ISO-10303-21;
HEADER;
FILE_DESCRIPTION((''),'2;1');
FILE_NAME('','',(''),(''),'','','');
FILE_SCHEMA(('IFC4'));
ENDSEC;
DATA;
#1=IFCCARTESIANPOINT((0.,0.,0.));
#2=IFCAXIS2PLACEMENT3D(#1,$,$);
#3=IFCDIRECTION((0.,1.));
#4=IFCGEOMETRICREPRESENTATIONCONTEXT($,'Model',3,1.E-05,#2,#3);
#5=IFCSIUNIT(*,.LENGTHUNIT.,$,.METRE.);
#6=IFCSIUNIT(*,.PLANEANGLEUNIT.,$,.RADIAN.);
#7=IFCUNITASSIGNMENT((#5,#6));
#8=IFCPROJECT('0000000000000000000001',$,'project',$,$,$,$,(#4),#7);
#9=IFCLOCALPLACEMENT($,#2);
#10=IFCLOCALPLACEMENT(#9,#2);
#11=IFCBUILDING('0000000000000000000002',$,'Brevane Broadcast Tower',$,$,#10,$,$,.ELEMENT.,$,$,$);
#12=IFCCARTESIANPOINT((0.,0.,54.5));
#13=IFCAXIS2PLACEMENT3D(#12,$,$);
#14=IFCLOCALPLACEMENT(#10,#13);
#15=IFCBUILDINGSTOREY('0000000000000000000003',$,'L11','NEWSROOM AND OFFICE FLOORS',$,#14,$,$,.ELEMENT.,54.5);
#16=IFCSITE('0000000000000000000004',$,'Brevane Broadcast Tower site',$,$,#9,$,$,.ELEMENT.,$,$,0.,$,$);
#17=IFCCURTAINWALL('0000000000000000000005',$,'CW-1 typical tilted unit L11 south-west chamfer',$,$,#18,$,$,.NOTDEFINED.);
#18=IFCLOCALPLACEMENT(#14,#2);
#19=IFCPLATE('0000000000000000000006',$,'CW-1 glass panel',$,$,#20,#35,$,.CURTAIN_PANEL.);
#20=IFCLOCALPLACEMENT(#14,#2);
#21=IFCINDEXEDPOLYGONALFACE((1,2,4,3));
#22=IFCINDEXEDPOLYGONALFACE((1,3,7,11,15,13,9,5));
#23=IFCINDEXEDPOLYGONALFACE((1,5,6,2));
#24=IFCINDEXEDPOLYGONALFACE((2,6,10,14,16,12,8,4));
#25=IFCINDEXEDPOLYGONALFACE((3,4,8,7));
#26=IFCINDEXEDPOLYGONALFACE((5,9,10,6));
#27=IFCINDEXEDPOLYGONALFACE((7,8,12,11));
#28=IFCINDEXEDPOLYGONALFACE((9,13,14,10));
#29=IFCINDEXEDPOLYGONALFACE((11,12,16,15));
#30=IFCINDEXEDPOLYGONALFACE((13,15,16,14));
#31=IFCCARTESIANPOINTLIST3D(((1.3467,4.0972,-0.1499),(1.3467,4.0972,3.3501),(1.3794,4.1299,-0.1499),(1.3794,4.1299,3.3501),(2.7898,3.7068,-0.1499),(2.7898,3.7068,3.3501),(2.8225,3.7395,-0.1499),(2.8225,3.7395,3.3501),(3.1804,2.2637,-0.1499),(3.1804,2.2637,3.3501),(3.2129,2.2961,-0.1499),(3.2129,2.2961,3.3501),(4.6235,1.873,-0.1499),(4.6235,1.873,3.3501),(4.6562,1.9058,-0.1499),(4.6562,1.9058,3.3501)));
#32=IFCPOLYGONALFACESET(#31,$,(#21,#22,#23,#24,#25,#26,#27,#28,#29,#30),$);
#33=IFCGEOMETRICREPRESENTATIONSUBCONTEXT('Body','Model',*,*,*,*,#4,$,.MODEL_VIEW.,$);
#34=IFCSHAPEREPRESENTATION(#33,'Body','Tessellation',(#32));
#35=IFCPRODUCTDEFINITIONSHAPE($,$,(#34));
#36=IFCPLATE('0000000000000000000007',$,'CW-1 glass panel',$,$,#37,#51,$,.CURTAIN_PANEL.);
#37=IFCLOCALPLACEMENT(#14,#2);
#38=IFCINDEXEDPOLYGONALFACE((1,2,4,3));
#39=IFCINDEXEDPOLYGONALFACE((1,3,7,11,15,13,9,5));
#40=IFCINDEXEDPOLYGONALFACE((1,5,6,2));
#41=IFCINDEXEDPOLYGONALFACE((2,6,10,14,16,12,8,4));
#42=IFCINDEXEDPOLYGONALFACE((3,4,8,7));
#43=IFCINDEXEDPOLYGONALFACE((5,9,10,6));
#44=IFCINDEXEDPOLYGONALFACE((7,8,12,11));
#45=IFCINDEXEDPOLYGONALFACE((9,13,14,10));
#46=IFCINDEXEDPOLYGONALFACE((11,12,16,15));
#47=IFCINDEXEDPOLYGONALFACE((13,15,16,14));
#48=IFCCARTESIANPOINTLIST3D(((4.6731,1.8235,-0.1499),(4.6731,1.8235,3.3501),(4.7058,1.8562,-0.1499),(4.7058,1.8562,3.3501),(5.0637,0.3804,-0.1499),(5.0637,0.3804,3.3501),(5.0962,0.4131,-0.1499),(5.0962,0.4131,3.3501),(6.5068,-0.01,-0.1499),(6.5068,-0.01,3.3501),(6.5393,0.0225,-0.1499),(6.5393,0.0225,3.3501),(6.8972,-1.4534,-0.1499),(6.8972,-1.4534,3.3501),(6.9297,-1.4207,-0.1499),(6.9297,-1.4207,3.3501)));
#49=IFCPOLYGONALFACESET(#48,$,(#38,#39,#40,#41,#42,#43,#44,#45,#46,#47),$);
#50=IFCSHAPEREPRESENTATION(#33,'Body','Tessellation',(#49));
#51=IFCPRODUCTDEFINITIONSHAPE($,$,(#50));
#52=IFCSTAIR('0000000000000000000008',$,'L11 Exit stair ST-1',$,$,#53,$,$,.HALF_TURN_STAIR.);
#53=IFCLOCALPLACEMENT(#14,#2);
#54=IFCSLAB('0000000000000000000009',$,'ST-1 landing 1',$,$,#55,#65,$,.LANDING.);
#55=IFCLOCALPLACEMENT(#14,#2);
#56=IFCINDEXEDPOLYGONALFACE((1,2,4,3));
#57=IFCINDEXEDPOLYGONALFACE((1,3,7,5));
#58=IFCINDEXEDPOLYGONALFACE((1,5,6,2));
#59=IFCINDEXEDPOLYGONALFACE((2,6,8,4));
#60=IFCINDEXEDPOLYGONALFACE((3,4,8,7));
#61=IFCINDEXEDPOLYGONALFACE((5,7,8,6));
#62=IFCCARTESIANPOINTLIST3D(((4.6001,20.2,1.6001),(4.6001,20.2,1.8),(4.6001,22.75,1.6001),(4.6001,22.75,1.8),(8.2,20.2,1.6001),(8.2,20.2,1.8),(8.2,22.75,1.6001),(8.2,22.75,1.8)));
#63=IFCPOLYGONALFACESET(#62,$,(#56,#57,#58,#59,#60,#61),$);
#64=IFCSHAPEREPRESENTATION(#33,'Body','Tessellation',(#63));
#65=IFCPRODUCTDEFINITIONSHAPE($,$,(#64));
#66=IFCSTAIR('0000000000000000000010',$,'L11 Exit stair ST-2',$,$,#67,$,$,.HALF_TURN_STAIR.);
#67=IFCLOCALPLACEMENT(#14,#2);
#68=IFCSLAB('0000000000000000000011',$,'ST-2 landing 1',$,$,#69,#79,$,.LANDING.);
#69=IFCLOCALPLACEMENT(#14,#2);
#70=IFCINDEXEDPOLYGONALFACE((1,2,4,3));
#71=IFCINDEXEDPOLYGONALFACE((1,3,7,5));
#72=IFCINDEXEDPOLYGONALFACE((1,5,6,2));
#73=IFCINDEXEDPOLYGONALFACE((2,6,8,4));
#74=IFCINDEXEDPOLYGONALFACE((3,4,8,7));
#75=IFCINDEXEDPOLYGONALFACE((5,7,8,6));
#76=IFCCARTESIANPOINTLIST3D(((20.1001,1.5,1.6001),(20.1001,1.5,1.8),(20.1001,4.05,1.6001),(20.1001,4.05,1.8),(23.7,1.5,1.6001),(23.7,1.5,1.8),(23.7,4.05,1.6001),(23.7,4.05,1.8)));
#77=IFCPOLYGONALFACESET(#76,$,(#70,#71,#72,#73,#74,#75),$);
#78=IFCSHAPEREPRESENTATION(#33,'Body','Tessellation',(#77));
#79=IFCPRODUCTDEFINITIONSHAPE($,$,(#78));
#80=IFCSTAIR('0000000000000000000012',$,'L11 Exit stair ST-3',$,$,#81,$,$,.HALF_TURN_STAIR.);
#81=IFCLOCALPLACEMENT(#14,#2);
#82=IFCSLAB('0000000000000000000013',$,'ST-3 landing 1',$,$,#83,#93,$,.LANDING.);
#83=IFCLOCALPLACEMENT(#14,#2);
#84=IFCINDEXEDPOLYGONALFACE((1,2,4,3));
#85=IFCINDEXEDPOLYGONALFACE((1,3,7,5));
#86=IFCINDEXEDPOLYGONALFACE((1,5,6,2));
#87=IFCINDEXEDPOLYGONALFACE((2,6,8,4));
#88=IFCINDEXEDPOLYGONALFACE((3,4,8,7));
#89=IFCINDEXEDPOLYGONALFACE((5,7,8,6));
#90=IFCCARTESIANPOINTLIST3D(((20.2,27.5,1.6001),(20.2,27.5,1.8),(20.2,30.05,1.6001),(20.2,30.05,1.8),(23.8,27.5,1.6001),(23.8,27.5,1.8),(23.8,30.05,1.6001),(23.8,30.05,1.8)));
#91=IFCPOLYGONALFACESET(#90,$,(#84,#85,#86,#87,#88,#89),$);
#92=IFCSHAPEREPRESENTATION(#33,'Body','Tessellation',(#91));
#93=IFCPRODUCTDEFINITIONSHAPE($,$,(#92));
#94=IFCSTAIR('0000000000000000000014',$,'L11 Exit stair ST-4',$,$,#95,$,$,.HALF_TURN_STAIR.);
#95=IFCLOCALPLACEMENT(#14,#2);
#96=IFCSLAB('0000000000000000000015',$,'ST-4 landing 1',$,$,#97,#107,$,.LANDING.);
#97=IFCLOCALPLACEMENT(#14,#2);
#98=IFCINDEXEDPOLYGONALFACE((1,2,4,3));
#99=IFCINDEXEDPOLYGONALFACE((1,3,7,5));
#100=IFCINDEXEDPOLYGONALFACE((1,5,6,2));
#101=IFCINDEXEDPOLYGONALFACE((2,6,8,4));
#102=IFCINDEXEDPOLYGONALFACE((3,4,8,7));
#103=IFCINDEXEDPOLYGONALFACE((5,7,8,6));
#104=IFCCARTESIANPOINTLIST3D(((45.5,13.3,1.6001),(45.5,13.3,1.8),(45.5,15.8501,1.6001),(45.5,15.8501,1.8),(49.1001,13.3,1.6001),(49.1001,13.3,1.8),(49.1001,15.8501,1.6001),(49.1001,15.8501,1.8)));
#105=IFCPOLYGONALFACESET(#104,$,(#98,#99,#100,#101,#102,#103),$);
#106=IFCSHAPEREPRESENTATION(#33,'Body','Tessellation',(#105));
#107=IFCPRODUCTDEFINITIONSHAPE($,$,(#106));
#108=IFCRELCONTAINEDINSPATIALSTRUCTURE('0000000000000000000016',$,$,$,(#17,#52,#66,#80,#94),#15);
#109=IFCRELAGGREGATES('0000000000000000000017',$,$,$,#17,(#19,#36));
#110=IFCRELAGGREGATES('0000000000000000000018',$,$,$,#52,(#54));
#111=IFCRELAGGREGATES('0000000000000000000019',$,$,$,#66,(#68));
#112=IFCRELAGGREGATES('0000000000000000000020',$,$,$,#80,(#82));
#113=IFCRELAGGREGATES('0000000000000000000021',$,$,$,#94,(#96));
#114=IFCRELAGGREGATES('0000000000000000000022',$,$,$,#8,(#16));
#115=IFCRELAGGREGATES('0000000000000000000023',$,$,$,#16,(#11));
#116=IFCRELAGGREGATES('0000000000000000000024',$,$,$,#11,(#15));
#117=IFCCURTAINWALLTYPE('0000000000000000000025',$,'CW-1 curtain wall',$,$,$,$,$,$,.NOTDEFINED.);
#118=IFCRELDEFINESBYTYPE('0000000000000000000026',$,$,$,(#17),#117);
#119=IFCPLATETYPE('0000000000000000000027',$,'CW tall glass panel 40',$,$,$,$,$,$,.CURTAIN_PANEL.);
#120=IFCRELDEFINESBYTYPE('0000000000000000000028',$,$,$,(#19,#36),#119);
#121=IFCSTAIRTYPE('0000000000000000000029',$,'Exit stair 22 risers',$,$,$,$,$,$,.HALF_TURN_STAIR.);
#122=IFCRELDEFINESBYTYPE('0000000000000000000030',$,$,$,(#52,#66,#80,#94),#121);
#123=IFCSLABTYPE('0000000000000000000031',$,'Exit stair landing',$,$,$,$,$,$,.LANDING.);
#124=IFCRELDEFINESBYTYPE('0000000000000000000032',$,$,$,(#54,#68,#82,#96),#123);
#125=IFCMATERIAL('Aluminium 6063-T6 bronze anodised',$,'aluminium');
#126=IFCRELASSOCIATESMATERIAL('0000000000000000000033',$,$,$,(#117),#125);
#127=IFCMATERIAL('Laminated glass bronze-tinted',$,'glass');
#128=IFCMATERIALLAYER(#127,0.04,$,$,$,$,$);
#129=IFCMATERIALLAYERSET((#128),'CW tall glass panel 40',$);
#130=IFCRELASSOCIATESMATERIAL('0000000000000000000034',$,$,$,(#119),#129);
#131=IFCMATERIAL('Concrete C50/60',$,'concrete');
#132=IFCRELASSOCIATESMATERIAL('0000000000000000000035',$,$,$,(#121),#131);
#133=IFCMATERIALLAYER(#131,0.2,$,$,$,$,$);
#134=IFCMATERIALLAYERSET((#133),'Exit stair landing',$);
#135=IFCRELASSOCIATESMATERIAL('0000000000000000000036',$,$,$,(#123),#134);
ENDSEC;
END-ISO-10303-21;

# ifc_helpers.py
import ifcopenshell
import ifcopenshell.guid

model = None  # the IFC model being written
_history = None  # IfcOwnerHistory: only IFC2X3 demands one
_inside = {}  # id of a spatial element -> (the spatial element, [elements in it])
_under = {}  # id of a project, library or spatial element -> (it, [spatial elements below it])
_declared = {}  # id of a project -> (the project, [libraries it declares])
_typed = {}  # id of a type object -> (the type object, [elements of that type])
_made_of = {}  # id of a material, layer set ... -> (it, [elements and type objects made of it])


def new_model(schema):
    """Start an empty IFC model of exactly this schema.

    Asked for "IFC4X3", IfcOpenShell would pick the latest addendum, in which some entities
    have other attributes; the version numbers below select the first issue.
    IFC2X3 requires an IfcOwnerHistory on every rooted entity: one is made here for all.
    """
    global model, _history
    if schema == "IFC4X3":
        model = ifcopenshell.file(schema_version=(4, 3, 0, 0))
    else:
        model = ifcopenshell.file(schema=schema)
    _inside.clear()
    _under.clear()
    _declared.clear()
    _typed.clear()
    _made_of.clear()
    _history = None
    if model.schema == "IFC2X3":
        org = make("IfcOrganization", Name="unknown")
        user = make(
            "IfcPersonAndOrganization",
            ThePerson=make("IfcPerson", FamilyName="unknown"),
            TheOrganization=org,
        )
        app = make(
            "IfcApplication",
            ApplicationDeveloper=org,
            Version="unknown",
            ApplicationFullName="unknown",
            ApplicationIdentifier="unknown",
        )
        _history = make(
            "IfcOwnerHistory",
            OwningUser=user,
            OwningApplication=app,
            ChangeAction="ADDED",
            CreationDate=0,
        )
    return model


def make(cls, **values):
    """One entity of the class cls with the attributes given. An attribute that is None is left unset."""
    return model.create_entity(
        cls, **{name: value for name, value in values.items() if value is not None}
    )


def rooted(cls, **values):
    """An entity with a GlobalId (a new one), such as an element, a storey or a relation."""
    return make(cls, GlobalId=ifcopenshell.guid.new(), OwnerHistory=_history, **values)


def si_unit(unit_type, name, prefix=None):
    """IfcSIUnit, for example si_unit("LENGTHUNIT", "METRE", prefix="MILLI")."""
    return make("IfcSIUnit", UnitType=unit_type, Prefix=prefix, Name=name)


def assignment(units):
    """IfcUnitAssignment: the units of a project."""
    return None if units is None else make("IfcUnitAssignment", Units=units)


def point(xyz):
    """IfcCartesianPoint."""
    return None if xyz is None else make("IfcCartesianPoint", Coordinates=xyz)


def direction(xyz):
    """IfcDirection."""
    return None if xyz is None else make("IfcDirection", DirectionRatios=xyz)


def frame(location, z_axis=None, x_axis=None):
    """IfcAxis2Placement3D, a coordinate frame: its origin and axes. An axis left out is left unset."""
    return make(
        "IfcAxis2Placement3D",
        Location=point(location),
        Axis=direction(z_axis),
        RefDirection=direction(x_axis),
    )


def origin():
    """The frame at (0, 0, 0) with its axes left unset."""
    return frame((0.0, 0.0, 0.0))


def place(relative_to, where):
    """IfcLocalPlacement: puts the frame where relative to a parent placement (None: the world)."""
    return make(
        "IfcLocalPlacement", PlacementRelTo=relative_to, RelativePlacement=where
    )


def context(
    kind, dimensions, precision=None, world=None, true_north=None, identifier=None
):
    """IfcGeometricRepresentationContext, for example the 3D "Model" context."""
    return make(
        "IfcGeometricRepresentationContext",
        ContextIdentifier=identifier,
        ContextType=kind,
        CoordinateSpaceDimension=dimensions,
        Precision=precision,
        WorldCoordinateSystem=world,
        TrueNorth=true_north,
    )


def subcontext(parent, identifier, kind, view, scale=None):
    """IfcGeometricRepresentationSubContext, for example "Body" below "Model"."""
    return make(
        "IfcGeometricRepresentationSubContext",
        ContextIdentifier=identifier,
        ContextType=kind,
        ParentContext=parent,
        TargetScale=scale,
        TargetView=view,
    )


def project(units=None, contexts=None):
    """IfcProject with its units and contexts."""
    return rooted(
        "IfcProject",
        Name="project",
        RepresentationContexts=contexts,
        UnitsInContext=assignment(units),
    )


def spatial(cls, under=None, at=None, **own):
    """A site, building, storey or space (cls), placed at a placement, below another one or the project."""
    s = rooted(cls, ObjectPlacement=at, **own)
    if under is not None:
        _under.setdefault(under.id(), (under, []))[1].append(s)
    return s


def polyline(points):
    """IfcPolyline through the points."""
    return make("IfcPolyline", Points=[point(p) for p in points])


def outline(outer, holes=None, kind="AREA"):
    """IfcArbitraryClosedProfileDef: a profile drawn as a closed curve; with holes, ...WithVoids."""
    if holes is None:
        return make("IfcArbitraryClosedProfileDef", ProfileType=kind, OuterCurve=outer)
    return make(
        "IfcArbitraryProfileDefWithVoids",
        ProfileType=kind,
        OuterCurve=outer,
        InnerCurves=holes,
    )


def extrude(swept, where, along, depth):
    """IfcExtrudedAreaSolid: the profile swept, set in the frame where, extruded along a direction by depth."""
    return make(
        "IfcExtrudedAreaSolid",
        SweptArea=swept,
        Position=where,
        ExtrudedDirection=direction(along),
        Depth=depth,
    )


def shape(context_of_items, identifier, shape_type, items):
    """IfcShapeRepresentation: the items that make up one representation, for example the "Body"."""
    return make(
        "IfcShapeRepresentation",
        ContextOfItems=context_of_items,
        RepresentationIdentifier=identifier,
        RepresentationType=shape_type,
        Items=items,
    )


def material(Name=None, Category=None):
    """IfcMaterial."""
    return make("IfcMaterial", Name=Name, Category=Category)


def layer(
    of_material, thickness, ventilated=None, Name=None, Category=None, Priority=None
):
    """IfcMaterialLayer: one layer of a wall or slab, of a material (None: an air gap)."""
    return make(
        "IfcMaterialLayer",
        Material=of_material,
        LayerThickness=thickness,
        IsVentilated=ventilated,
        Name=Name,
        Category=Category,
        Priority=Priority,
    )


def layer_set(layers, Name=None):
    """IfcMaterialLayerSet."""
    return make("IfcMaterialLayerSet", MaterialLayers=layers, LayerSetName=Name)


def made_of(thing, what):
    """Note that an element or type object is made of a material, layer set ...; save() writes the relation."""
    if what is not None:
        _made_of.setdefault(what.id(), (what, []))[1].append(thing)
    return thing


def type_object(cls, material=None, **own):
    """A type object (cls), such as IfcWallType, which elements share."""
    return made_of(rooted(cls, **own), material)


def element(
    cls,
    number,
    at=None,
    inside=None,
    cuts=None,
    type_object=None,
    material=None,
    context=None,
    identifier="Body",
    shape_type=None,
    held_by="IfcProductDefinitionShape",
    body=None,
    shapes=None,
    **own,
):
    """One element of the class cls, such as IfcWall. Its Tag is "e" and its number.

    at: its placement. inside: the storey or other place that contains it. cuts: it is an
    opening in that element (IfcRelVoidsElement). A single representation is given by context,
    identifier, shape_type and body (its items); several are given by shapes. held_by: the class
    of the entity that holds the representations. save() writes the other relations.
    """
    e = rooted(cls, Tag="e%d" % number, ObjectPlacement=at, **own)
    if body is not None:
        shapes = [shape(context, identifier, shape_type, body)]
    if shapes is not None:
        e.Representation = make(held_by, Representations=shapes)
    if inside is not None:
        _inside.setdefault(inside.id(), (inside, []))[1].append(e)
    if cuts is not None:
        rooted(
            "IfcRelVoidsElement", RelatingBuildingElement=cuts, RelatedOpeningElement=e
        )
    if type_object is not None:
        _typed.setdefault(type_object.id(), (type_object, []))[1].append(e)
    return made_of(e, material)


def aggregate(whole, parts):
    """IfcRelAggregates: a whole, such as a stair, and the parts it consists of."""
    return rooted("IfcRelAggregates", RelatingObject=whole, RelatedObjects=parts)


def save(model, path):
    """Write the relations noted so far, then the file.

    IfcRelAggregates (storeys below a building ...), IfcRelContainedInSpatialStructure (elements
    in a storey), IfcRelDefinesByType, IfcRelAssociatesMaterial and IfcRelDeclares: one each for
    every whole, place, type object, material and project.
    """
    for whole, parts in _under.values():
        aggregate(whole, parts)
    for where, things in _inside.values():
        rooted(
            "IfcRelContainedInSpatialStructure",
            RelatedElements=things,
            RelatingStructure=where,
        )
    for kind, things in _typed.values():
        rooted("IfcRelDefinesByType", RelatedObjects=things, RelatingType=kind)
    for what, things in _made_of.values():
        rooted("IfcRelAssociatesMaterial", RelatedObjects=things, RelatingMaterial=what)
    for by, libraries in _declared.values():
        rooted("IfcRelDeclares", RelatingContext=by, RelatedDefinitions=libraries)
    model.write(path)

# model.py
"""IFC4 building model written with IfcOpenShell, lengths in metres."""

from ifc_helpers import new_model, si_unit, direction, frame, origin, place, context, subcontext, project, spatial, polyline, outline, extrude, material, layer, layer_set, type_object, element, aggregate, save


model = new_model("IFC4")

# Units and contexts
model_context = context("Model", 3, precision=1e-05, world=origin(), true_north=direction((0.0, 1.0)))
body_context = subcontext(model_context, "Body", "Model", "MODEL_VIEW")
ifc_project = project(units=[si_unit("LENGTHUNIT", "METRE"), si_unit("PLANEANGLEUNIT", "RADIAN")], contexts=[model_context])

# Site, building, storey
site_placement = place(None, origin())
site = spatial("IfcSite", under=ifc_project, at=site_placement, Name="Brevane Broadcast Tower site", CompositionType="ELEMENT", RefElevation=0.0)
building_placement = place(site_placement, origin())
building = spatial("IfcBuilding", under=site, at=building_placement, Name="Brevane Broadcast Tower", CompositionType="ELEMENT")
storey_placement = place(building_placement, frame((0.0, 0.0, 54.5)))
storey = spatial("IfcBuildingStorey", under=building, at=storey_placement, Name="L11", Description="NEWSROOM AND OFFICE FLOORS", CompositionType="ELEMENT", Elevation=54.5)

# Shared definitions
ifc_material_1 = material(Name="Aluminium 6063-T6 bronze anodised", Category="aluminium")
curtain_wall_type = type_object("IfcCurtainWallType", Name="CW-1 curtain wall", PredefinedType="NOTDEFINED", material=ifc_material_1)
ifc_material_2 = material(Name="Laminated glass bronze-tinted", Category="glass")
ifc_layer_1 = layer(ifc_material_2, 0.04)
ifc_layer_set_1 = layer_set([ifc_layer_1], Name="CW tall glass panel 40")
plate_type = type_object("IfcPlateType", Name="CW tall glass panel 40", PredefinedType="CURTAIN_PANEL", material=ifc_layer_set_1)

# Curtain wall, plates
curtain_wall_1_placement = place(storey_placement, origin())
curtain_wall_1 = element("IfcCurtainWall", 1, at=curtain_wall_1_placement, inside=storey, type_object=curtain_wall_type, Name="CW-1 typical tilted unit L11 south-west chamfer", PredefinedType="NOTDEFINED")
plate_1_placement = place(storey_placement, frame((0.0, 0.0, -0.1499)))
plate_1 = element("IfcPlate", 2, at=plate_1_placement, type_object=plate_type, Name="CW-1 glass panel", PredefinedType="CURTAIN_PANEL", context=body_context, shape_type="SweptSolid", body=[
    extrude(outline(polyline([(1.3794, 4.1299), (1.3467, 4.0972), (2.7898, 3.7068), (3.1804, 2.2637), (4.6235, 1.873), (4.6562, 1.9058), (3.2129, 2.2961), (2.8225, 3.7395), (1.3794, 4.1299)])), origin(), (0.0, 0.0, 1.0), 3.5),
])
plate_2_placement = place(storey_placement, frame((0.0, 0.0, -0.1499)))
plate_2 = element("IfcPlate", 3, at=plate_2_placement, type_object=plate_type, Name="CW-1 glass panel", PredefinedType="CURTAIN_PANEL", context=body_context, shape_type="SweptSolid", body=[
    extrude(outline(polyline([(4.7058, 1.8562), (4.6731, 1.8235), (5.0637, 0.3804), (6.5068, -0.01), (6.8972, -1.4534), (6.9297, -1.4207), (6.5393, 0.0225), (5.0962, 0.4131), (4.7058, 1.8562)])), origin(), (0.0, 0.0, 1.0), 3.5),
])
aggregate(curtain_wall_1, [plate_1, plate_2])

# Stairs, slabs
ifc_material_3 = material(Name="Concrete C50/60", Category="concrete")
stair_type = type_object("IfcStairType", Name="Exit stair 22 risers", PredefinedType="HALF_TURN_STAIR", material=ifc_material_3)
stair_1_placement = place(storey_placement, origin())
stair_1 = element("IfcStair", 4, at=stair_1_placement, inside=storey, type_object=stair_type, Name="L11 Exit stair ST-1", PredefinedType="HALF_TURN_STAIR")
ifc_layer_2 = layer(ifc_material_3, 0.2)
ifc_layer_set_2 = layer_set([ifc_layer_2], Name="Exit stair landing")
slab_type_1 = type_object("IfcSlabType", Name="Exit stair landing", PredefinedType="LANDING", material=ifc_layer_set_2)
slab_1_placement = place(storey_placement, frame((0.0, 0.0, 1.6001)))
slab_1 = element("IfcSlab", 5, at=slab_1_placement, type_object=slab_type_1, Name="ST-1 landing 1", PredefinedType="LANDING", context=body_context, shape_type="SweptSolid", body=[
    extrude(outline(polyline([(4.6001, 20.2), (8.2, 20.2), (8.2, 22.75), (4.6001, 22.75), (4.6001, 20.2)])), origin(), (0.0, 0.0, 1.0), 0.2),
])
aggregate(stair_1, [slab_1])
stair_2_placement = place(storey_placement, origin())
stair_2 = element("IfcStair", 6, at=stair_2_placement, inside=storey, type_object=stair_type, Name="L11 Exit stair ST-2", PredefinedType="HALF_TURN_STAIR")
slab_2_placement = place(storey_placement, frame((0.0, 0.0, 1.6001)))
slab_2 = element("IfcSlab", 7, at=slab_2_placement, type_object=slab_type_1, Name="ST-2 landing 1", PredefinedType="LANDING", context=body_context, shape_type="SweptSolid", body=[
    extrude(outline(polyline([(20.1001, 1.5), (23.7, 1.5), (23.7, 4.05), (20.1001, 4.05), (20.1001, 1.5)])), origin(), (0.0, 0.0, 1.0), 0.2),
])
aggregate(stair_2, [slab_2])
stair_3_placement = place(storey_placement, origin())
stair_3 = element("IfcStair", 8, at=stair_3_placement, inside=storey, type_object=stair_type, Name="L11 Exit stair ST-3", PredefinedType="HALF_TURN_STAIR")
slab_3_placement = place(storey_placement, frame((0.0, 0.0, 1.6001)))
slab_3 = element("IfcSlab", 9, at=slab_3_placement, type_object=slab_type_1, Name="ST-3 landing 1", PredefinedType="LANDING", context=body_context, shape_type="SweptSolid", body=[
    extrude(outline(polyline([(20.2, 27.5), (23.8, 27.5), (23.8, 30.05), (20.2, 30.05), (20.2, 27.5)])), origin(), (0.0, 0.0, 1.0), 0.2),
])
aggregate(stair_3, [slab_3])
stair_4_placement = place(storey_placement, origin())
stair_4 = element("IfcStair", 10, at=stair_4_placement, inside=storey, type_object=stair_type, Name="L11 Exit stair ST-4", PredefinedType="HALF_TURN_STAIR")
slab_4_placement = place(storey_placement, frame((0.0, 0.0, 1.6001)))
slab_4 = element("IfcSlab", 11, at=slab_4_placement, type_object=slab_type_1, Name="ST-4 landing 1", PredefinedType="LANDING", context=body_context, shape_type="SweptSolid", body=[
    extrude(outline(polyline([(45.5, 13.3), (49.1001, 13.3), (49.1001, 15.8501), (45.5, 15.8501), (45.5, 13.3)])), origin(), (0.0, 0.0, 1.0), 0.2),
])
aggregate(stair_4, [slab_4])

save(model, "model.ifc")
